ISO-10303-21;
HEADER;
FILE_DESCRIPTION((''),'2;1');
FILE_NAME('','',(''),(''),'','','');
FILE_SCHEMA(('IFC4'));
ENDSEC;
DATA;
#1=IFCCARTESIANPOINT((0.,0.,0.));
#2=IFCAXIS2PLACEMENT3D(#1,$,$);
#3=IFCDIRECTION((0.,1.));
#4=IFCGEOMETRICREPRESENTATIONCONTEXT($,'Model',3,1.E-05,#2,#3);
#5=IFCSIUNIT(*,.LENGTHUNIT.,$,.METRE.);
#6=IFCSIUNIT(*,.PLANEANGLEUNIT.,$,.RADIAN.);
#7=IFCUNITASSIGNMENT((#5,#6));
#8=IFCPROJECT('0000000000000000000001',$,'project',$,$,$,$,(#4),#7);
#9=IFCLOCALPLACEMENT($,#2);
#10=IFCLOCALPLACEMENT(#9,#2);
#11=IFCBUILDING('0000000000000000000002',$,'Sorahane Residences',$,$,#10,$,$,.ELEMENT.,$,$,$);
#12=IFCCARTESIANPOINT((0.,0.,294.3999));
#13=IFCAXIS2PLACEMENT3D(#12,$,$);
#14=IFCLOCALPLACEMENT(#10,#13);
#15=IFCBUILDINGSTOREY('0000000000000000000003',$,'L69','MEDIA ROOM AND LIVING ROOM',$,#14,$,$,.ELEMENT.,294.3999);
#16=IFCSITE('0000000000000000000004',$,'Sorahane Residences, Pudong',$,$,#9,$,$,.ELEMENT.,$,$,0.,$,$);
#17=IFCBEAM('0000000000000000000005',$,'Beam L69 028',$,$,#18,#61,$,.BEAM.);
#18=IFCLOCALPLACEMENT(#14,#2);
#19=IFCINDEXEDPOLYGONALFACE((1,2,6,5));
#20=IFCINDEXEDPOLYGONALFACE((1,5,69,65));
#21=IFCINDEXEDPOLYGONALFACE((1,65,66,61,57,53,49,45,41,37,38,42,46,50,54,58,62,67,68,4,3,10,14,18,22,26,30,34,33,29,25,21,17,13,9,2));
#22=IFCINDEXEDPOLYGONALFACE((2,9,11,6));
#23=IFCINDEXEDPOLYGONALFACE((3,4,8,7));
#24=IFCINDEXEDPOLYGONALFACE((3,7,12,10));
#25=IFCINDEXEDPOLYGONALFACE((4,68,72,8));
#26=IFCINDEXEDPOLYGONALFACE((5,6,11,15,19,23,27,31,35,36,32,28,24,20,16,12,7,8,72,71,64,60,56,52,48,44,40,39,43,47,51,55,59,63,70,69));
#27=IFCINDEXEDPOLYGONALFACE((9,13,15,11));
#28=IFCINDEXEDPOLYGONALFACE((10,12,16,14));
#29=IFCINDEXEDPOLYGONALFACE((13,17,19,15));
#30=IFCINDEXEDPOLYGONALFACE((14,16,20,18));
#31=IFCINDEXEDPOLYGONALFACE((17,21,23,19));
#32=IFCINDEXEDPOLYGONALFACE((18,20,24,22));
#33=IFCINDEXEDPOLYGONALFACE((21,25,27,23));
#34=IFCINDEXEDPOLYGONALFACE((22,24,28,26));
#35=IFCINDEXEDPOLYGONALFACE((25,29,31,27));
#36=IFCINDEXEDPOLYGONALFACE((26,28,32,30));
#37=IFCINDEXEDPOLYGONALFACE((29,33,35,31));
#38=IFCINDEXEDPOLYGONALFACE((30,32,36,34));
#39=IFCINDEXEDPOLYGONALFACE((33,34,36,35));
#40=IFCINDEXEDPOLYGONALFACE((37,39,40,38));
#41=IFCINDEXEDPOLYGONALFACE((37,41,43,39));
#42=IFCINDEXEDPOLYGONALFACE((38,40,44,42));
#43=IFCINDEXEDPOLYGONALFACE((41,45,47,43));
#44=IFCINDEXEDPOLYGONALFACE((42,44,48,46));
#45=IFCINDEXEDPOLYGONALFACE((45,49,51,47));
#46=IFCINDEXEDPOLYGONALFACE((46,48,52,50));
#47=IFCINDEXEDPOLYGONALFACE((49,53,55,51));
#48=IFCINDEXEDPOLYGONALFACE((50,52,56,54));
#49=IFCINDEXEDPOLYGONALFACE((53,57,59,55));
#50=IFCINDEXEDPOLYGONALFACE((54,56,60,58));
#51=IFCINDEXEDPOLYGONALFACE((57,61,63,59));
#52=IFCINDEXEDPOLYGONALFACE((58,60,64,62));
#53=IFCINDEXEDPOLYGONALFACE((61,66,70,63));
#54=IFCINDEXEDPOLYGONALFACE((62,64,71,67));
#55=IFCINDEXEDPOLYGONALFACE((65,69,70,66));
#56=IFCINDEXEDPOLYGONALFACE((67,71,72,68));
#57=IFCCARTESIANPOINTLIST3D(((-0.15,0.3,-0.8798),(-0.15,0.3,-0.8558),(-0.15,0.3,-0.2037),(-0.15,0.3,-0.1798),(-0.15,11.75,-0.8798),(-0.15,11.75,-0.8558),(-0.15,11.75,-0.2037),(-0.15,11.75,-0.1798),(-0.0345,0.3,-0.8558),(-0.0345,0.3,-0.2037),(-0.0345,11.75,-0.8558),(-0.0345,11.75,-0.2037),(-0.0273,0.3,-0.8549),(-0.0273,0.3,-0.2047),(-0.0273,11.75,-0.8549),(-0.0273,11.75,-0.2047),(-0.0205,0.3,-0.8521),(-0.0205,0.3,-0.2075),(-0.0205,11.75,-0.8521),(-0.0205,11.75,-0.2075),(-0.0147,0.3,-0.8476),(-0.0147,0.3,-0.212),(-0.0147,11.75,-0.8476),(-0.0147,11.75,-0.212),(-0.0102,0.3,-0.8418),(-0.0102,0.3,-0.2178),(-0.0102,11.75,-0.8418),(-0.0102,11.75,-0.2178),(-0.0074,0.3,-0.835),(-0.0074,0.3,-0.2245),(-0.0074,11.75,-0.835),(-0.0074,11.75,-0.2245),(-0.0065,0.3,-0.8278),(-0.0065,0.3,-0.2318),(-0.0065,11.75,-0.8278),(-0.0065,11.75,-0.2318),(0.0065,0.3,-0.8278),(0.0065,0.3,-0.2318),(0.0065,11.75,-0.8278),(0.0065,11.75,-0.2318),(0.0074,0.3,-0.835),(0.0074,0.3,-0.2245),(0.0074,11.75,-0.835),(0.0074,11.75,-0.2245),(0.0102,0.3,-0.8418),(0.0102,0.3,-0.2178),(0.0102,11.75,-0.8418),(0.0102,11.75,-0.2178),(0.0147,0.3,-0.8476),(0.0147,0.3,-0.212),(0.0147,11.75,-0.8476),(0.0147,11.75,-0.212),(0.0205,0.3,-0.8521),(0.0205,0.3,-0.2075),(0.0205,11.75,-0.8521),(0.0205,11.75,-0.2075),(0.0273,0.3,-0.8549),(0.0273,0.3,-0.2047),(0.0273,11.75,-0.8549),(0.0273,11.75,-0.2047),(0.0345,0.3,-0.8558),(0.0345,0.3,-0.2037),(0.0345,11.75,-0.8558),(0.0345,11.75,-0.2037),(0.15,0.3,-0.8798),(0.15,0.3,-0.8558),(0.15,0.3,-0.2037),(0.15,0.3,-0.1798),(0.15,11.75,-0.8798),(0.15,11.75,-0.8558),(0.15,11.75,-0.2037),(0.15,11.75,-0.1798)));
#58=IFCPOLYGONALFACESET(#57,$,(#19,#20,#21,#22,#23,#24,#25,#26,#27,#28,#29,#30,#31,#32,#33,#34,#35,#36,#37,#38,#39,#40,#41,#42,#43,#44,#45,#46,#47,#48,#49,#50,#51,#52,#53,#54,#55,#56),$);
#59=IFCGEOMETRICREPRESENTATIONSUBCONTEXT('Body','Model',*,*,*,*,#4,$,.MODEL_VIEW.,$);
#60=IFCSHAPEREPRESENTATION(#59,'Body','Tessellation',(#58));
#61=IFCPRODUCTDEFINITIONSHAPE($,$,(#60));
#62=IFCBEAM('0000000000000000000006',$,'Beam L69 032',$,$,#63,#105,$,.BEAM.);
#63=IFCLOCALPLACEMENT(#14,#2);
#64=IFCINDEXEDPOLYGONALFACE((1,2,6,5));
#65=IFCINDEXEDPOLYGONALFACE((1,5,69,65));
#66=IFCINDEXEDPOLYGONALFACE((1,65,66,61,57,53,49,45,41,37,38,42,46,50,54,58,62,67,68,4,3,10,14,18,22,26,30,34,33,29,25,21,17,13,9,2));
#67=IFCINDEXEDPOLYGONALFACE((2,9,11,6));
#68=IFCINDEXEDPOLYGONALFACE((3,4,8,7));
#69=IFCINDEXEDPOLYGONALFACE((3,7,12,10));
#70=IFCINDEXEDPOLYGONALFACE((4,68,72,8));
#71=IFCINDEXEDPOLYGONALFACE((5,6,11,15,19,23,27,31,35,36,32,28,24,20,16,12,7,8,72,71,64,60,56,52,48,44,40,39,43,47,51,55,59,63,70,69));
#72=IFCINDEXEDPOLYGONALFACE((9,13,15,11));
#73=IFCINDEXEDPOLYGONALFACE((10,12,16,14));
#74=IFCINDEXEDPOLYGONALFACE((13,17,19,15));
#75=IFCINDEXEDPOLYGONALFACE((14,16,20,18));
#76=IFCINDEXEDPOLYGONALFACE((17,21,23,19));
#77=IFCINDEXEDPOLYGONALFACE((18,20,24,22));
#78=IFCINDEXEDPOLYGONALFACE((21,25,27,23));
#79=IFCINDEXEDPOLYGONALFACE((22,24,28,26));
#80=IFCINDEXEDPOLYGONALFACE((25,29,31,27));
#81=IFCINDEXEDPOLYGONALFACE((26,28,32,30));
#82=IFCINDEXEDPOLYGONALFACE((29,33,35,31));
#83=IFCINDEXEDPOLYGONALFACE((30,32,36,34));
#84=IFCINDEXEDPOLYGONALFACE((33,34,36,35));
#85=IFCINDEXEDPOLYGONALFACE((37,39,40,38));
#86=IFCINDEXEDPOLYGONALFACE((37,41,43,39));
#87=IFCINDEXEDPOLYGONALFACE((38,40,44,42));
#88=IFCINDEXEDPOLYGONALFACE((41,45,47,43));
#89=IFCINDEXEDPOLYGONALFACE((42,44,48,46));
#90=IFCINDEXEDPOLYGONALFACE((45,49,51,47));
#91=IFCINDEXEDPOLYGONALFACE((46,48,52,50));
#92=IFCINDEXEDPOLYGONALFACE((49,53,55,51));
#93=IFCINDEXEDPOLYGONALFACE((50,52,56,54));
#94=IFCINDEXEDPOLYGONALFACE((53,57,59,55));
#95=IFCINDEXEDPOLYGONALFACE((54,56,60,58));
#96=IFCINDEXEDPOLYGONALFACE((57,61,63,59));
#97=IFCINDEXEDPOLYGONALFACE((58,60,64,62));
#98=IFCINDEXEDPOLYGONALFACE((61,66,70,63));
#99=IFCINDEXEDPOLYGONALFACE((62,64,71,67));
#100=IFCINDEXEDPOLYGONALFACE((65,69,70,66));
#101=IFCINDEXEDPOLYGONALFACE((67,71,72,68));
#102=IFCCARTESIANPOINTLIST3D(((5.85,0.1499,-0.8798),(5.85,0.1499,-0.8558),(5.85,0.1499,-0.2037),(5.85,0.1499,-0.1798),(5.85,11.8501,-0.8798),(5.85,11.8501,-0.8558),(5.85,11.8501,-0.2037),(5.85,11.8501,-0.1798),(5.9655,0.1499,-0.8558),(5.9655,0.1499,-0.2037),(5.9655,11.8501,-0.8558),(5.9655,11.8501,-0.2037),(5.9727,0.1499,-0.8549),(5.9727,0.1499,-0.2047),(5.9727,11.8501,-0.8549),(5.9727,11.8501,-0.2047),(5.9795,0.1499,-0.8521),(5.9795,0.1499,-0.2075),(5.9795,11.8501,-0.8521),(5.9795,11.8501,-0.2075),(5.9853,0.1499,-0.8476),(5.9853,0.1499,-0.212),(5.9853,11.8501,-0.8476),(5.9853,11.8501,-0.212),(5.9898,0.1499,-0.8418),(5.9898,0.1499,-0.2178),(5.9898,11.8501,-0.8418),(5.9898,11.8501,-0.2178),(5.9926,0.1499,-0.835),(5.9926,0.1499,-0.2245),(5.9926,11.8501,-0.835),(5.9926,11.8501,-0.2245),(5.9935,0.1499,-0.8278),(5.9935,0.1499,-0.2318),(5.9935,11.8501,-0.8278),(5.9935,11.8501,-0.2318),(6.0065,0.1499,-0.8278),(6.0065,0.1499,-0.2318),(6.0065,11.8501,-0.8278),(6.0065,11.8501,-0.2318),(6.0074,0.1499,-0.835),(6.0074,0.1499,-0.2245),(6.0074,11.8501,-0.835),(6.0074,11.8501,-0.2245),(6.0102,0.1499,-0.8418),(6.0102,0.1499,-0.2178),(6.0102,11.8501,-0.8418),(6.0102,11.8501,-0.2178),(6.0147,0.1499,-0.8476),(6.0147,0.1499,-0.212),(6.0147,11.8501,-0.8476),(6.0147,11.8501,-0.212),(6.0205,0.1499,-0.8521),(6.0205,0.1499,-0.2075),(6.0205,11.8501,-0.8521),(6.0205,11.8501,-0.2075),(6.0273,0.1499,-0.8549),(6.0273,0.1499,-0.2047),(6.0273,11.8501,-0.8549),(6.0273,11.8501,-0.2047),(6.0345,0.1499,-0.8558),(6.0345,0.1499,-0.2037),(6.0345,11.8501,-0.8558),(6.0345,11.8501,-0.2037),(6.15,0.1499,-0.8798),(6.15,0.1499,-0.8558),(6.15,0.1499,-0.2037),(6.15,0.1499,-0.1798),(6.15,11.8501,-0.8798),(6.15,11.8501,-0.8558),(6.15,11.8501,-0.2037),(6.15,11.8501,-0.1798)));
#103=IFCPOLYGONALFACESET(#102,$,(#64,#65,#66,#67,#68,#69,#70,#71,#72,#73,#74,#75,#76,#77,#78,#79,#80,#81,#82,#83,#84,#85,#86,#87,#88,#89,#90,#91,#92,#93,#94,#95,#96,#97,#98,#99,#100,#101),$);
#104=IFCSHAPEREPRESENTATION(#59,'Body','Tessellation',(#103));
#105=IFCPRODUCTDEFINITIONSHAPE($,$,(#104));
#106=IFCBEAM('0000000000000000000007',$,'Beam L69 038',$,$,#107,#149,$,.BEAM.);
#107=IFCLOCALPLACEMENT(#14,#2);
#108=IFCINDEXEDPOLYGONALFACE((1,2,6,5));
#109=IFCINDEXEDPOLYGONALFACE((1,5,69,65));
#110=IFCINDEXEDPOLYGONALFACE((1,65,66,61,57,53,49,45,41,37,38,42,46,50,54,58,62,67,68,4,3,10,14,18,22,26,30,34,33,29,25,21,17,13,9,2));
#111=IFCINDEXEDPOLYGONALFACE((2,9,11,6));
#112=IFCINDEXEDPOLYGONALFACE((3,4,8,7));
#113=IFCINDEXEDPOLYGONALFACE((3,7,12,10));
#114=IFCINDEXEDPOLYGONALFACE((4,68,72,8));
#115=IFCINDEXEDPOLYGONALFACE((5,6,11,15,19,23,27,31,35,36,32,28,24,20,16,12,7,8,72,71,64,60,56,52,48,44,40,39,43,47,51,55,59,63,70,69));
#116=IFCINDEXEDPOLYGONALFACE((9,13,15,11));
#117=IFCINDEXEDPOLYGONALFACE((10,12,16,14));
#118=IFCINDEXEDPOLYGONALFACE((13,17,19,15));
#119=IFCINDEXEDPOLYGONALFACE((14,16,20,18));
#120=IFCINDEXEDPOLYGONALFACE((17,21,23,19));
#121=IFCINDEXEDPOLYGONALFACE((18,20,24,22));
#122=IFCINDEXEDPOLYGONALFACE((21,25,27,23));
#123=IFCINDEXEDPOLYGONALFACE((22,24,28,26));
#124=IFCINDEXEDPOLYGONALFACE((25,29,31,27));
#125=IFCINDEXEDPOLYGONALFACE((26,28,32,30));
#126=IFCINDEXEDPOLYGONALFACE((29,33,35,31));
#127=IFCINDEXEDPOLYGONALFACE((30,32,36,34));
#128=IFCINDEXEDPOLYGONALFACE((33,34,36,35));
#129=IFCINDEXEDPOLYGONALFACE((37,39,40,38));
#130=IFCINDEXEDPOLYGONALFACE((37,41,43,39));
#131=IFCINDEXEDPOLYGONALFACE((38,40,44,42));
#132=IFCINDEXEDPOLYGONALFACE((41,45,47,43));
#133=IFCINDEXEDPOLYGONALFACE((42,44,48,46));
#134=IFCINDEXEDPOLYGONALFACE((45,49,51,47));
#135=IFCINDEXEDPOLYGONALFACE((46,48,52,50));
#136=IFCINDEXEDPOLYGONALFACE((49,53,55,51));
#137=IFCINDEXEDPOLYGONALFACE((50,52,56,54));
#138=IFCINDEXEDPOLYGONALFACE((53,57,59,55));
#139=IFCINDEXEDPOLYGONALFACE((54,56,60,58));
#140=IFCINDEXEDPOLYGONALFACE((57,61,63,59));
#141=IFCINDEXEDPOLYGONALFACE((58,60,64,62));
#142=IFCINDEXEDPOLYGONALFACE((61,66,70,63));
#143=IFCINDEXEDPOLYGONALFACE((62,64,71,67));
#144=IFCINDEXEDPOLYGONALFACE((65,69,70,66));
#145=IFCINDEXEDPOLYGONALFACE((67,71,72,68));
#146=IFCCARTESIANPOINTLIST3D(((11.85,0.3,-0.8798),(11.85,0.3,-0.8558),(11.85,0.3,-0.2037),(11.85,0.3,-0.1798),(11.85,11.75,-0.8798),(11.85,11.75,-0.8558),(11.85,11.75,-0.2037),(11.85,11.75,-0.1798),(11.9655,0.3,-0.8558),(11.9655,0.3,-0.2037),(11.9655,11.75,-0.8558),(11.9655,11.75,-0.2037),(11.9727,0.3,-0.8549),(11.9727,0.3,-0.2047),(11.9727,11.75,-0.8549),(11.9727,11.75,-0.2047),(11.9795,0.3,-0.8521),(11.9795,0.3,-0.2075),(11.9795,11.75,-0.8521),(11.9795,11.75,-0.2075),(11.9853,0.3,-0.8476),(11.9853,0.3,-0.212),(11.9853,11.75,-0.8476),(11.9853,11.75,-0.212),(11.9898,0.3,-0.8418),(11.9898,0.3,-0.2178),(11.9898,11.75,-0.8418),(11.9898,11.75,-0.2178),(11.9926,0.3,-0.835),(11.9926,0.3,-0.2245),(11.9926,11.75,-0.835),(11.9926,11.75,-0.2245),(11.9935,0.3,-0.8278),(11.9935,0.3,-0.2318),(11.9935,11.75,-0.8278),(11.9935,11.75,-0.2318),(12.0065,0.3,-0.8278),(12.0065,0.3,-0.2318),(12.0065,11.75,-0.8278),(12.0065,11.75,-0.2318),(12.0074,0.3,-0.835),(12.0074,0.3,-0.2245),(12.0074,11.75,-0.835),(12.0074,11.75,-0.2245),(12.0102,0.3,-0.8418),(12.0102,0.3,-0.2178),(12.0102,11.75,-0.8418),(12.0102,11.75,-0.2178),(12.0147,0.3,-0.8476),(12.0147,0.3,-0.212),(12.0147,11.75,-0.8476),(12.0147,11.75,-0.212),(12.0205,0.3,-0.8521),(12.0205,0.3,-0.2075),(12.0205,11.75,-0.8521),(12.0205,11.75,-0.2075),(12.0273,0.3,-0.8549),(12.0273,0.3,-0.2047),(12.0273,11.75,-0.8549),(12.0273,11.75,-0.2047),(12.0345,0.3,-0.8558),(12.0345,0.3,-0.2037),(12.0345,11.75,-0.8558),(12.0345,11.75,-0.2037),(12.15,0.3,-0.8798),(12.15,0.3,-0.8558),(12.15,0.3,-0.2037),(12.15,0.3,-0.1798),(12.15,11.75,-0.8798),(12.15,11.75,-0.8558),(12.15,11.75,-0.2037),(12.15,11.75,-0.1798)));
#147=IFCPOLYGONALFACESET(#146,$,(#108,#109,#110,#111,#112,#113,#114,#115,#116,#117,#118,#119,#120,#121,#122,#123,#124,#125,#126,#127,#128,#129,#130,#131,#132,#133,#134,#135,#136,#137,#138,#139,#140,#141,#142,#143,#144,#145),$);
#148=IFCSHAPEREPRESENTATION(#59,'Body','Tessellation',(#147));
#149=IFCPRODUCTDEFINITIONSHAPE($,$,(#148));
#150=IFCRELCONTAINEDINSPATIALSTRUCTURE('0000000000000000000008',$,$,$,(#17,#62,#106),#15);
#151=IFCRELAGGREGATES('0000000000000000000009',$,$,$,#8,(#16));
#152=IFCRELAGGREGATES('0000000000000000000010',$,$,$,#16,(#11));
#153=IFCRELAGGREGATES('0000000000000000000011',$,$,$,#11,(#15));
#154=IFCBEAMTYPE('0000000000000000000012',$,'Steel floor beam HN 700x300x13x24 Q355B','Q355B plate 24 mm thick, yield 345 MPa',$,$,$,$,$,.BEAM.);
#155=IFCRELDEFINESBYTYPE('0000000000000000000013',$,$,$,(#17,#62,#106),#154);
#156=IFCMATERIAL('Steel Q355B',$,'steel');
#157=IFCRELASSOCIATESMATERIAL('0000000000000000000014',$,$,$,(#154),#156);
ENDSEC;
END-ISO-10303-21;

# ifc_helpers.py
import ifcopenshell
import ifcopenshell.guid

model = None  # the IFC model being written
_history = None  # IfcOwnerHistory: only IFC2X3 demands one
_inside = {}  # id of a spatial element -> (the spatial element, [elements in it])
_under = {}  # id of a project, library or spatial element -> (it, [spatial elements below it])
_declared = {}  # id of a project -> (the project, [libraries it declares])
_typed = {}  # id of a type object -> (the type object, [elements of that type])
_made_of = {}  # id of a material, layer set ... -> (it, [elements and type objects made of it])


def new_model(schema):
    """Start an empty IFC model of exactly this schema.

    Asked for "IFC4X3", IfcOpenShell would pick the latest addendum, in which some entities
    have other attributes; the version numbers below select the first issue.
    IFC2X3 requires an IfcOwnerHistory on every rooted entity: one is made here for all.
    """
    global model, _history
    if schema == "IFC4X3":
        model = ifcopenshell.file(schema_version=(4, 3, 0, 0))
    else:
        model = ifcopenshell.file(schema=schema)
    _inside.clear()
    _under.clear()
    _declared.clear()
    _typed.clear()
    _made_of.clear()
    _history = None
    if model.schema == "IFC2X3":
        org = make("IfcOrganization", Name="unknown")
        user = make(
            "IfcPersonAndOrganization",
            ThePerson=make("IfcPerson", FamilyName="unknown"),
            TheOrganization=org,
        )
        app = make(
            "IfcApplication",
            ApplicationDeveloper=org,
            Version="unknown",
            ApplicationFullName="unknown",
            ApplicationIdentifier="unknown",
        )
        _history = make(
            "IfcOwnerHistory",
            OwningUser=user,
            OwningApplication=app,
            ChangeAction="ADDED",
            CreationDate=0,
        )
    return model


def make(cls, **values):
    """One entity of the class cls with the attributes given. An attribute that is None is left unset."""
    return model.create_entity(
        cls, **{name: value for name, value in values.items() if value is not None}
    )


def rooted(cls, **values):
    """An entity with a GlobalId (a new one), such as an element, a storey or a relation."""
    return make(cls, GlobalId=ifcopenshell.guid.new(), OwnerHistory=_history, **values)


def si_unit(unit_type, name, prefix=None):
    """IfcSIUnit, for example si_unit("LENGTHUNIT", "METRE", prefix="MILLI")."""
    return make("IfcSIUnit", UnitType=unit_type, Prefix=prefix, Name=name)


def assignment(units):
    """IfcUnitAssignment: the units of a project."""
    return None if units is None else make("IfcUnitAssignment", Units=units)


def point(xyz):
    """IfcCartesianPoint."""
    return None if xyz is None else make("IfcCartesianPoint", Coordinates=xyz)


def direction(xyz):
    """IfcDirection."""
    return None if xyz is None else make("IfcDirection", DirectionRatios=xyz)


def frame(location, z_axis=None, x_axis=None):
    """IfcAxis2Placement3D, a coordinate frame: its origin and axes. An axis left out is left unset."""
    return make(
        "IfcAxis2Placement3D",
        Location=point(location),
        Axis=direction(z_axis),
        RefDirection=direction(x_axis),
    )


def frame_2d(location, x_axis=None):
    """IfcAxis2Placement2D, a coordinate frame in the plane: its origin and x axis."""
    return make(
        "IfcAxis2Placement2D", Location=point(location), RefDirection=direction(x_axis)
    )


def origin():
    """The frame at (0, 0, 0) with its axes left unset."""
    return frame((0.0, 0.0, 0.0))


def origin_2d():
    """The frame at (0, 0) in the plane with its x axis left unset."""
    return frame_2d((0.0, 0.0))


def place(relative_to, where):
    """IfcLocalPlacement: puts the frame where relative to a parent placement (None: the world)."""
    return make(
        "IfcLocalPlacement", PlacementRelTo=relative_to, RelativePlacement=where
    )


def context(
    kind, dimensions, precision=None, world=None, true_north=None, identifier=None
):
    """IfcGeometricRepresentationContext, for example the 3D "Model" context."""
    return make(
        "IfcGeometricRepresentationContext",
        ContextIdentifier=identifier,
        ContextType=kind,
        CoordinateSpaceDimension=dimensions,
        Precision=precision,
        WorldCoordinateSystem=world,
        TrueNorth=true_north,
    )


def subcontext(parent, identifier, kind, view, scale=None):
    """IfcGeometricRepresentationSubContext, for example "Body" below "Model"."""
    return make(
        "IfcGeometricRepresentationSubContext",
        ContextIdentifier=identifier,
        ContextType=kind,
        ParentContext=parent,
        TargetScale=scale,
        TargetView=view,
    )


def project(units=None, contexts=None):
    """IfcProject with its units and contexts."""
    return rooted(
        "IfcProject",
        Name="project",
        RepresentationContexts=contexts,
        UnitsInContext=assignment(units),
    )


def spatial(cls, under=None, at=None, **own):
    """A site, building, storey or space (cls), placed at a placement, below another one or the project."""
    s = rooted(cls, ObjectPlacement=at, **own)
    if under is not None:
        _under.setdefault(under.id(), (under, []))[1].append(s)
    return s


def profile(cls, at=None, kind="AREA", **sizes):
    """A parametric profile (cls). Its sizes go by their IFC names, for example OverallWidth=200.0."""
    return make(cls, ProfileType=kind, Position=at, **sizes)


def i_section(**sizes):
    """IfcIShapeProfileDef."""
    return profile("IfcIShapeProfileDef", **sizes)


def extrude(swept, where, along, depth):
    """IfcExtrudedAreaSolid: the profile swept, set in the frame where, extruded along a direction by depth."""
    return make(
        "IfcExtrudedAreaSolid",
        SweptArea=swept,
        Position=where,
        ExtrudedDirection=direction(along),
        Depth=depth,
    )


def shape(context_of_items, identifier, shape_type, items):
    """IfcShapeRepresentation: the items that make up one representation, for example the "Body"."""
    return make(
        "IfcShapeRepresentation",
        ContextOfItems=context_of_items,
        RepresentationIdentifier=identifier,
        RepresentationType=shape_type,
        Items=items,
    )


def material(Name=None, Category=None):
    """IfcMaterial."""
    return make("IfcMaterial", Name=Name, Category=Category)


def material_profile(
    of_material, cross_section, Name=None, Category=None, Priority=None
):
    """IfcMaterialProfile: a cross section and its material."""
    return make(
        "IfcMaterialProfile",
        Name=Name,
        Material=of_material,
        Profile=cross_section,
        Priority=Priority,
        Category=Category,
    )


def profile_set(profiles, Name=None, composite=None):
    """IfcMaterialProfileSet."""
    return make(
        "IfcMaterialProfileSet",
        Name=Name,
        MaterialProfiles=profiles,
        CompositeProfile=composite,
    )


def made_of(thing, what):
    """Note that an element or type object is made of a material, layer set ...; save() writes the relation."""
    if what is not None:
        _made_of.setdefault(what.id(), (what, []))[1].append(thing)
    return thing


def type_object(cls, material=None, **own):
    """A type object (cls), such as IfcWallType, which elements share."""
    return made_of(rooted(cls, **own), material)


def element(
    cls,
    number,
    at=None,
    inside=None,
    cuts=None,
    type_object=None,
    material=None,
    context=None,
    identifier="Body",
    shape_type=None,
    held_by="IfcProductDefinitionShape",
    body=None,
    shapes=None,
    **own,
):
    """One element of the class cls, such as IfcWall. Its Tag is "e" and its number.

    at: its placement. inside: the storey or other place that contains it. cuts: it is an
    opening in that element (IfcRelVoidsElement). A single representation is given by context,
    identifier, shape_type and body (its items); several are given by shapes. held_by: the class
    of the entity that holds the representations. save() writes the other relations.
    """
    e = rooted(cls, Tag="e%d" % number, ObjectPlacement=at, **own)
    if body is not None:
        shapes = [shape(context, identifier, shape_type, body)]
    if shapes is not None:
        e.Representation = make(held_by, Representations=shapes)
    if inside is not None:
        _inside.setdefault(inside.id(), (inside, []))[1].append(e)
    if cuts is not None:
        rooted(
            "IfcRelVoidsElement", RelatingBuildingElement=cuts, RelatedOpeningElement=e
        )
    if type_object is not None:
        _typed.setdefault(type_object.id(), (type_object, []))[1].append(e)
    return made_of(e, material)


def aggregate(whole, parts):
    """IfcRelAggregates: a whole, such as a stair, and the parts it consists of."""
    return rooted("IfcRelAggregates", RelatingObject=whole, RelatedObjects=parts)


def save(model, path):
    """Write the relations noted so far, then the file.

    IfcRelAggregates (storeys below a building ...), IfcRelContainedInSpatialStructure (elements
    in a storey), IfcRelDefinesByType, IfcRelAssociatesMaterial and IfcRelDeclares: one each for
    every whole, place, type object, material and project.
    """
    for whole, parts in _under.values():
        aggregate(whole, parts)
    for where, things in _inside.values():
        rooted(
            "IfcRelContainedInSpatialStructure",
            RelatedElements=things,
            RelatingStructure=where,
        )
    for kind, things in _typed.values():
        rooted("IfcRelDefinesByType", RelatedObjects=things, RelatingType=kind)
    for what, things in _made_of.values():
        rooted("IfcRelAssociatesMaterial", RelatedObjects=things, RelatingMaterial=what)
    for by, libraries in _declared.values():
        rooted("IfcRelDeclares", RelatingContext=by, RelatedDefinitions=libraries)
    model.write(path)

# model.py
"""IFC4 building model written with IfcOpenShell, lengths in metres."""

from ifc_helpers import new_model, si_unit, direction, frame, origin, origin_2d, place, context, subcontext, project, spatial, i_section, extrude, material, material_profile, profile_set, type_object, element, save


model = new_model("IFC4")

# Units and contexts
model_context = context("Model", 3, precision=1e-05, world=origin(), true_north=direction((0.0, 1.0)))
body_context = subcontext(model_context, "Body", "Model", "MODEL_VIEW")
ifc_project = project(units=[si_unit("LENGTHUNIT", "METRE"), si_unit("PLANEANGLEUNIT", "RADIAN")], contexts=[model_context])

# Site, building, storey
site_placement = place(None, origin())
site = spatial("IfcSite", under=ifc_project, at=site_placement, Name="Sorahane Residences, Pudong", CompositionType="ELEMENT", RefElevation=0.0)
building_placement = place(site_placement, origin())
building = spatial("IfcBuilding", under=site, at=building_placement, Name="Sorahane Residences", CompositionType="ELEMENT")
storey_placement = place(building_placement, frame((0.0, 0.0, 294.3999)))
storey = spatial("IfcBuildingStorey", under=building, at=storey_placement, Name="L69", Description="MEDIA ROOM AND LIVING ROOM", CompositionType="ELEMENT", Elevation=294.3999)

# Beams
ifc_material_1 = material(Name="Steel Q355B", Category="steel")
ifc_material_profile_1 = material_profile(ifc_material_1, i_section(OverallWidth=0.3, OverallDepth=0.7, WebThickness=0.0129, FlangeThickness=0.0239, FilletRadius=0.0281, at=origin_2d()), Name="HN 700x300x13x24")
ifc_profile_set_1 = profile_set([ifc_material_profile_1], Name="Steel Q355B")
beam_type_1 = type_object("IfcBeamType", Name="Steel floor beam HN 700x300x13x24 Q355B", Description="Q355B plate 24 mm thick, yield 345 MPa", PredefinedType="BEAM", material=ifc_profile_set_1)
beam_1_placement = place(storey_placement, frame((0.0, 0.3, -0.5298), z_axis=(0.0, 1.0, 0.0), x_axis=(-1.0, 0.0, 0.0)))
element("IfcBeam", 1, at=beam_1_placement, inside=storey, type_object=beam_type_1, Name="Beam L69 028", PredefinedType="BEAM", context=body_context, shape_type="SweptSolid", body=[
    extrude(i_section(OverallWidth=0.3, OverallDepth=0.7, WebThickness=0.0129, FlangeThickness=0.0239, FilletRadius=0.0281, at=origin_2d()), origin(), (0.0, 0.0, 1.0), 11.45),
])
beam_2_placement = place(storey_placement, frame((6.0, 0.1499, -0.5298), z_axis=(0.0, 1.0, 0.0), x_axis=(-1.0, 0.0, 0.0)))
element("IfcBeam", 2, at=beam_2_placement, inside=storey, type_object=beam_type_1, Name="Beam L69 032", PredefinedType="BEAM", context=body_context, shape_type="SweptSolid", body=[
    extrude(i_section(OverallWidth=0.3, OverallDepth=0.7, WebThickness=0.0129, FlangeThickness=0.0239, FilletRadius=0.0281, at=origin_2d()), origin(), (0.0, 0.0, 1.0), 11.7002),
])
beam_3_placement = place(storey_placement, frame((12.0, 0.3, -0.5298), z_axis=(0.0, 1.0, 0.0), x_axis=(-1.0, 0.0, 0.0)))
element("IfcBeam", 3, at=beam_3_placement, inside=storey, type_object=beam_type_1, Name="Beam L69 038", PredefinedType="BEAM", context=body_context, shape_type="SweptSolid", body=[
    extrude(i_section(OverallWidth=0.3, OverallDepth=0.7, WebThickness=0.0129, FlangeThickness=0.0239, FilletRadius=0.0281, at=origin_2d()), origin(), (0.0, 0.0, 1.0), 11.45),
])

save(model, "model.ifc")
